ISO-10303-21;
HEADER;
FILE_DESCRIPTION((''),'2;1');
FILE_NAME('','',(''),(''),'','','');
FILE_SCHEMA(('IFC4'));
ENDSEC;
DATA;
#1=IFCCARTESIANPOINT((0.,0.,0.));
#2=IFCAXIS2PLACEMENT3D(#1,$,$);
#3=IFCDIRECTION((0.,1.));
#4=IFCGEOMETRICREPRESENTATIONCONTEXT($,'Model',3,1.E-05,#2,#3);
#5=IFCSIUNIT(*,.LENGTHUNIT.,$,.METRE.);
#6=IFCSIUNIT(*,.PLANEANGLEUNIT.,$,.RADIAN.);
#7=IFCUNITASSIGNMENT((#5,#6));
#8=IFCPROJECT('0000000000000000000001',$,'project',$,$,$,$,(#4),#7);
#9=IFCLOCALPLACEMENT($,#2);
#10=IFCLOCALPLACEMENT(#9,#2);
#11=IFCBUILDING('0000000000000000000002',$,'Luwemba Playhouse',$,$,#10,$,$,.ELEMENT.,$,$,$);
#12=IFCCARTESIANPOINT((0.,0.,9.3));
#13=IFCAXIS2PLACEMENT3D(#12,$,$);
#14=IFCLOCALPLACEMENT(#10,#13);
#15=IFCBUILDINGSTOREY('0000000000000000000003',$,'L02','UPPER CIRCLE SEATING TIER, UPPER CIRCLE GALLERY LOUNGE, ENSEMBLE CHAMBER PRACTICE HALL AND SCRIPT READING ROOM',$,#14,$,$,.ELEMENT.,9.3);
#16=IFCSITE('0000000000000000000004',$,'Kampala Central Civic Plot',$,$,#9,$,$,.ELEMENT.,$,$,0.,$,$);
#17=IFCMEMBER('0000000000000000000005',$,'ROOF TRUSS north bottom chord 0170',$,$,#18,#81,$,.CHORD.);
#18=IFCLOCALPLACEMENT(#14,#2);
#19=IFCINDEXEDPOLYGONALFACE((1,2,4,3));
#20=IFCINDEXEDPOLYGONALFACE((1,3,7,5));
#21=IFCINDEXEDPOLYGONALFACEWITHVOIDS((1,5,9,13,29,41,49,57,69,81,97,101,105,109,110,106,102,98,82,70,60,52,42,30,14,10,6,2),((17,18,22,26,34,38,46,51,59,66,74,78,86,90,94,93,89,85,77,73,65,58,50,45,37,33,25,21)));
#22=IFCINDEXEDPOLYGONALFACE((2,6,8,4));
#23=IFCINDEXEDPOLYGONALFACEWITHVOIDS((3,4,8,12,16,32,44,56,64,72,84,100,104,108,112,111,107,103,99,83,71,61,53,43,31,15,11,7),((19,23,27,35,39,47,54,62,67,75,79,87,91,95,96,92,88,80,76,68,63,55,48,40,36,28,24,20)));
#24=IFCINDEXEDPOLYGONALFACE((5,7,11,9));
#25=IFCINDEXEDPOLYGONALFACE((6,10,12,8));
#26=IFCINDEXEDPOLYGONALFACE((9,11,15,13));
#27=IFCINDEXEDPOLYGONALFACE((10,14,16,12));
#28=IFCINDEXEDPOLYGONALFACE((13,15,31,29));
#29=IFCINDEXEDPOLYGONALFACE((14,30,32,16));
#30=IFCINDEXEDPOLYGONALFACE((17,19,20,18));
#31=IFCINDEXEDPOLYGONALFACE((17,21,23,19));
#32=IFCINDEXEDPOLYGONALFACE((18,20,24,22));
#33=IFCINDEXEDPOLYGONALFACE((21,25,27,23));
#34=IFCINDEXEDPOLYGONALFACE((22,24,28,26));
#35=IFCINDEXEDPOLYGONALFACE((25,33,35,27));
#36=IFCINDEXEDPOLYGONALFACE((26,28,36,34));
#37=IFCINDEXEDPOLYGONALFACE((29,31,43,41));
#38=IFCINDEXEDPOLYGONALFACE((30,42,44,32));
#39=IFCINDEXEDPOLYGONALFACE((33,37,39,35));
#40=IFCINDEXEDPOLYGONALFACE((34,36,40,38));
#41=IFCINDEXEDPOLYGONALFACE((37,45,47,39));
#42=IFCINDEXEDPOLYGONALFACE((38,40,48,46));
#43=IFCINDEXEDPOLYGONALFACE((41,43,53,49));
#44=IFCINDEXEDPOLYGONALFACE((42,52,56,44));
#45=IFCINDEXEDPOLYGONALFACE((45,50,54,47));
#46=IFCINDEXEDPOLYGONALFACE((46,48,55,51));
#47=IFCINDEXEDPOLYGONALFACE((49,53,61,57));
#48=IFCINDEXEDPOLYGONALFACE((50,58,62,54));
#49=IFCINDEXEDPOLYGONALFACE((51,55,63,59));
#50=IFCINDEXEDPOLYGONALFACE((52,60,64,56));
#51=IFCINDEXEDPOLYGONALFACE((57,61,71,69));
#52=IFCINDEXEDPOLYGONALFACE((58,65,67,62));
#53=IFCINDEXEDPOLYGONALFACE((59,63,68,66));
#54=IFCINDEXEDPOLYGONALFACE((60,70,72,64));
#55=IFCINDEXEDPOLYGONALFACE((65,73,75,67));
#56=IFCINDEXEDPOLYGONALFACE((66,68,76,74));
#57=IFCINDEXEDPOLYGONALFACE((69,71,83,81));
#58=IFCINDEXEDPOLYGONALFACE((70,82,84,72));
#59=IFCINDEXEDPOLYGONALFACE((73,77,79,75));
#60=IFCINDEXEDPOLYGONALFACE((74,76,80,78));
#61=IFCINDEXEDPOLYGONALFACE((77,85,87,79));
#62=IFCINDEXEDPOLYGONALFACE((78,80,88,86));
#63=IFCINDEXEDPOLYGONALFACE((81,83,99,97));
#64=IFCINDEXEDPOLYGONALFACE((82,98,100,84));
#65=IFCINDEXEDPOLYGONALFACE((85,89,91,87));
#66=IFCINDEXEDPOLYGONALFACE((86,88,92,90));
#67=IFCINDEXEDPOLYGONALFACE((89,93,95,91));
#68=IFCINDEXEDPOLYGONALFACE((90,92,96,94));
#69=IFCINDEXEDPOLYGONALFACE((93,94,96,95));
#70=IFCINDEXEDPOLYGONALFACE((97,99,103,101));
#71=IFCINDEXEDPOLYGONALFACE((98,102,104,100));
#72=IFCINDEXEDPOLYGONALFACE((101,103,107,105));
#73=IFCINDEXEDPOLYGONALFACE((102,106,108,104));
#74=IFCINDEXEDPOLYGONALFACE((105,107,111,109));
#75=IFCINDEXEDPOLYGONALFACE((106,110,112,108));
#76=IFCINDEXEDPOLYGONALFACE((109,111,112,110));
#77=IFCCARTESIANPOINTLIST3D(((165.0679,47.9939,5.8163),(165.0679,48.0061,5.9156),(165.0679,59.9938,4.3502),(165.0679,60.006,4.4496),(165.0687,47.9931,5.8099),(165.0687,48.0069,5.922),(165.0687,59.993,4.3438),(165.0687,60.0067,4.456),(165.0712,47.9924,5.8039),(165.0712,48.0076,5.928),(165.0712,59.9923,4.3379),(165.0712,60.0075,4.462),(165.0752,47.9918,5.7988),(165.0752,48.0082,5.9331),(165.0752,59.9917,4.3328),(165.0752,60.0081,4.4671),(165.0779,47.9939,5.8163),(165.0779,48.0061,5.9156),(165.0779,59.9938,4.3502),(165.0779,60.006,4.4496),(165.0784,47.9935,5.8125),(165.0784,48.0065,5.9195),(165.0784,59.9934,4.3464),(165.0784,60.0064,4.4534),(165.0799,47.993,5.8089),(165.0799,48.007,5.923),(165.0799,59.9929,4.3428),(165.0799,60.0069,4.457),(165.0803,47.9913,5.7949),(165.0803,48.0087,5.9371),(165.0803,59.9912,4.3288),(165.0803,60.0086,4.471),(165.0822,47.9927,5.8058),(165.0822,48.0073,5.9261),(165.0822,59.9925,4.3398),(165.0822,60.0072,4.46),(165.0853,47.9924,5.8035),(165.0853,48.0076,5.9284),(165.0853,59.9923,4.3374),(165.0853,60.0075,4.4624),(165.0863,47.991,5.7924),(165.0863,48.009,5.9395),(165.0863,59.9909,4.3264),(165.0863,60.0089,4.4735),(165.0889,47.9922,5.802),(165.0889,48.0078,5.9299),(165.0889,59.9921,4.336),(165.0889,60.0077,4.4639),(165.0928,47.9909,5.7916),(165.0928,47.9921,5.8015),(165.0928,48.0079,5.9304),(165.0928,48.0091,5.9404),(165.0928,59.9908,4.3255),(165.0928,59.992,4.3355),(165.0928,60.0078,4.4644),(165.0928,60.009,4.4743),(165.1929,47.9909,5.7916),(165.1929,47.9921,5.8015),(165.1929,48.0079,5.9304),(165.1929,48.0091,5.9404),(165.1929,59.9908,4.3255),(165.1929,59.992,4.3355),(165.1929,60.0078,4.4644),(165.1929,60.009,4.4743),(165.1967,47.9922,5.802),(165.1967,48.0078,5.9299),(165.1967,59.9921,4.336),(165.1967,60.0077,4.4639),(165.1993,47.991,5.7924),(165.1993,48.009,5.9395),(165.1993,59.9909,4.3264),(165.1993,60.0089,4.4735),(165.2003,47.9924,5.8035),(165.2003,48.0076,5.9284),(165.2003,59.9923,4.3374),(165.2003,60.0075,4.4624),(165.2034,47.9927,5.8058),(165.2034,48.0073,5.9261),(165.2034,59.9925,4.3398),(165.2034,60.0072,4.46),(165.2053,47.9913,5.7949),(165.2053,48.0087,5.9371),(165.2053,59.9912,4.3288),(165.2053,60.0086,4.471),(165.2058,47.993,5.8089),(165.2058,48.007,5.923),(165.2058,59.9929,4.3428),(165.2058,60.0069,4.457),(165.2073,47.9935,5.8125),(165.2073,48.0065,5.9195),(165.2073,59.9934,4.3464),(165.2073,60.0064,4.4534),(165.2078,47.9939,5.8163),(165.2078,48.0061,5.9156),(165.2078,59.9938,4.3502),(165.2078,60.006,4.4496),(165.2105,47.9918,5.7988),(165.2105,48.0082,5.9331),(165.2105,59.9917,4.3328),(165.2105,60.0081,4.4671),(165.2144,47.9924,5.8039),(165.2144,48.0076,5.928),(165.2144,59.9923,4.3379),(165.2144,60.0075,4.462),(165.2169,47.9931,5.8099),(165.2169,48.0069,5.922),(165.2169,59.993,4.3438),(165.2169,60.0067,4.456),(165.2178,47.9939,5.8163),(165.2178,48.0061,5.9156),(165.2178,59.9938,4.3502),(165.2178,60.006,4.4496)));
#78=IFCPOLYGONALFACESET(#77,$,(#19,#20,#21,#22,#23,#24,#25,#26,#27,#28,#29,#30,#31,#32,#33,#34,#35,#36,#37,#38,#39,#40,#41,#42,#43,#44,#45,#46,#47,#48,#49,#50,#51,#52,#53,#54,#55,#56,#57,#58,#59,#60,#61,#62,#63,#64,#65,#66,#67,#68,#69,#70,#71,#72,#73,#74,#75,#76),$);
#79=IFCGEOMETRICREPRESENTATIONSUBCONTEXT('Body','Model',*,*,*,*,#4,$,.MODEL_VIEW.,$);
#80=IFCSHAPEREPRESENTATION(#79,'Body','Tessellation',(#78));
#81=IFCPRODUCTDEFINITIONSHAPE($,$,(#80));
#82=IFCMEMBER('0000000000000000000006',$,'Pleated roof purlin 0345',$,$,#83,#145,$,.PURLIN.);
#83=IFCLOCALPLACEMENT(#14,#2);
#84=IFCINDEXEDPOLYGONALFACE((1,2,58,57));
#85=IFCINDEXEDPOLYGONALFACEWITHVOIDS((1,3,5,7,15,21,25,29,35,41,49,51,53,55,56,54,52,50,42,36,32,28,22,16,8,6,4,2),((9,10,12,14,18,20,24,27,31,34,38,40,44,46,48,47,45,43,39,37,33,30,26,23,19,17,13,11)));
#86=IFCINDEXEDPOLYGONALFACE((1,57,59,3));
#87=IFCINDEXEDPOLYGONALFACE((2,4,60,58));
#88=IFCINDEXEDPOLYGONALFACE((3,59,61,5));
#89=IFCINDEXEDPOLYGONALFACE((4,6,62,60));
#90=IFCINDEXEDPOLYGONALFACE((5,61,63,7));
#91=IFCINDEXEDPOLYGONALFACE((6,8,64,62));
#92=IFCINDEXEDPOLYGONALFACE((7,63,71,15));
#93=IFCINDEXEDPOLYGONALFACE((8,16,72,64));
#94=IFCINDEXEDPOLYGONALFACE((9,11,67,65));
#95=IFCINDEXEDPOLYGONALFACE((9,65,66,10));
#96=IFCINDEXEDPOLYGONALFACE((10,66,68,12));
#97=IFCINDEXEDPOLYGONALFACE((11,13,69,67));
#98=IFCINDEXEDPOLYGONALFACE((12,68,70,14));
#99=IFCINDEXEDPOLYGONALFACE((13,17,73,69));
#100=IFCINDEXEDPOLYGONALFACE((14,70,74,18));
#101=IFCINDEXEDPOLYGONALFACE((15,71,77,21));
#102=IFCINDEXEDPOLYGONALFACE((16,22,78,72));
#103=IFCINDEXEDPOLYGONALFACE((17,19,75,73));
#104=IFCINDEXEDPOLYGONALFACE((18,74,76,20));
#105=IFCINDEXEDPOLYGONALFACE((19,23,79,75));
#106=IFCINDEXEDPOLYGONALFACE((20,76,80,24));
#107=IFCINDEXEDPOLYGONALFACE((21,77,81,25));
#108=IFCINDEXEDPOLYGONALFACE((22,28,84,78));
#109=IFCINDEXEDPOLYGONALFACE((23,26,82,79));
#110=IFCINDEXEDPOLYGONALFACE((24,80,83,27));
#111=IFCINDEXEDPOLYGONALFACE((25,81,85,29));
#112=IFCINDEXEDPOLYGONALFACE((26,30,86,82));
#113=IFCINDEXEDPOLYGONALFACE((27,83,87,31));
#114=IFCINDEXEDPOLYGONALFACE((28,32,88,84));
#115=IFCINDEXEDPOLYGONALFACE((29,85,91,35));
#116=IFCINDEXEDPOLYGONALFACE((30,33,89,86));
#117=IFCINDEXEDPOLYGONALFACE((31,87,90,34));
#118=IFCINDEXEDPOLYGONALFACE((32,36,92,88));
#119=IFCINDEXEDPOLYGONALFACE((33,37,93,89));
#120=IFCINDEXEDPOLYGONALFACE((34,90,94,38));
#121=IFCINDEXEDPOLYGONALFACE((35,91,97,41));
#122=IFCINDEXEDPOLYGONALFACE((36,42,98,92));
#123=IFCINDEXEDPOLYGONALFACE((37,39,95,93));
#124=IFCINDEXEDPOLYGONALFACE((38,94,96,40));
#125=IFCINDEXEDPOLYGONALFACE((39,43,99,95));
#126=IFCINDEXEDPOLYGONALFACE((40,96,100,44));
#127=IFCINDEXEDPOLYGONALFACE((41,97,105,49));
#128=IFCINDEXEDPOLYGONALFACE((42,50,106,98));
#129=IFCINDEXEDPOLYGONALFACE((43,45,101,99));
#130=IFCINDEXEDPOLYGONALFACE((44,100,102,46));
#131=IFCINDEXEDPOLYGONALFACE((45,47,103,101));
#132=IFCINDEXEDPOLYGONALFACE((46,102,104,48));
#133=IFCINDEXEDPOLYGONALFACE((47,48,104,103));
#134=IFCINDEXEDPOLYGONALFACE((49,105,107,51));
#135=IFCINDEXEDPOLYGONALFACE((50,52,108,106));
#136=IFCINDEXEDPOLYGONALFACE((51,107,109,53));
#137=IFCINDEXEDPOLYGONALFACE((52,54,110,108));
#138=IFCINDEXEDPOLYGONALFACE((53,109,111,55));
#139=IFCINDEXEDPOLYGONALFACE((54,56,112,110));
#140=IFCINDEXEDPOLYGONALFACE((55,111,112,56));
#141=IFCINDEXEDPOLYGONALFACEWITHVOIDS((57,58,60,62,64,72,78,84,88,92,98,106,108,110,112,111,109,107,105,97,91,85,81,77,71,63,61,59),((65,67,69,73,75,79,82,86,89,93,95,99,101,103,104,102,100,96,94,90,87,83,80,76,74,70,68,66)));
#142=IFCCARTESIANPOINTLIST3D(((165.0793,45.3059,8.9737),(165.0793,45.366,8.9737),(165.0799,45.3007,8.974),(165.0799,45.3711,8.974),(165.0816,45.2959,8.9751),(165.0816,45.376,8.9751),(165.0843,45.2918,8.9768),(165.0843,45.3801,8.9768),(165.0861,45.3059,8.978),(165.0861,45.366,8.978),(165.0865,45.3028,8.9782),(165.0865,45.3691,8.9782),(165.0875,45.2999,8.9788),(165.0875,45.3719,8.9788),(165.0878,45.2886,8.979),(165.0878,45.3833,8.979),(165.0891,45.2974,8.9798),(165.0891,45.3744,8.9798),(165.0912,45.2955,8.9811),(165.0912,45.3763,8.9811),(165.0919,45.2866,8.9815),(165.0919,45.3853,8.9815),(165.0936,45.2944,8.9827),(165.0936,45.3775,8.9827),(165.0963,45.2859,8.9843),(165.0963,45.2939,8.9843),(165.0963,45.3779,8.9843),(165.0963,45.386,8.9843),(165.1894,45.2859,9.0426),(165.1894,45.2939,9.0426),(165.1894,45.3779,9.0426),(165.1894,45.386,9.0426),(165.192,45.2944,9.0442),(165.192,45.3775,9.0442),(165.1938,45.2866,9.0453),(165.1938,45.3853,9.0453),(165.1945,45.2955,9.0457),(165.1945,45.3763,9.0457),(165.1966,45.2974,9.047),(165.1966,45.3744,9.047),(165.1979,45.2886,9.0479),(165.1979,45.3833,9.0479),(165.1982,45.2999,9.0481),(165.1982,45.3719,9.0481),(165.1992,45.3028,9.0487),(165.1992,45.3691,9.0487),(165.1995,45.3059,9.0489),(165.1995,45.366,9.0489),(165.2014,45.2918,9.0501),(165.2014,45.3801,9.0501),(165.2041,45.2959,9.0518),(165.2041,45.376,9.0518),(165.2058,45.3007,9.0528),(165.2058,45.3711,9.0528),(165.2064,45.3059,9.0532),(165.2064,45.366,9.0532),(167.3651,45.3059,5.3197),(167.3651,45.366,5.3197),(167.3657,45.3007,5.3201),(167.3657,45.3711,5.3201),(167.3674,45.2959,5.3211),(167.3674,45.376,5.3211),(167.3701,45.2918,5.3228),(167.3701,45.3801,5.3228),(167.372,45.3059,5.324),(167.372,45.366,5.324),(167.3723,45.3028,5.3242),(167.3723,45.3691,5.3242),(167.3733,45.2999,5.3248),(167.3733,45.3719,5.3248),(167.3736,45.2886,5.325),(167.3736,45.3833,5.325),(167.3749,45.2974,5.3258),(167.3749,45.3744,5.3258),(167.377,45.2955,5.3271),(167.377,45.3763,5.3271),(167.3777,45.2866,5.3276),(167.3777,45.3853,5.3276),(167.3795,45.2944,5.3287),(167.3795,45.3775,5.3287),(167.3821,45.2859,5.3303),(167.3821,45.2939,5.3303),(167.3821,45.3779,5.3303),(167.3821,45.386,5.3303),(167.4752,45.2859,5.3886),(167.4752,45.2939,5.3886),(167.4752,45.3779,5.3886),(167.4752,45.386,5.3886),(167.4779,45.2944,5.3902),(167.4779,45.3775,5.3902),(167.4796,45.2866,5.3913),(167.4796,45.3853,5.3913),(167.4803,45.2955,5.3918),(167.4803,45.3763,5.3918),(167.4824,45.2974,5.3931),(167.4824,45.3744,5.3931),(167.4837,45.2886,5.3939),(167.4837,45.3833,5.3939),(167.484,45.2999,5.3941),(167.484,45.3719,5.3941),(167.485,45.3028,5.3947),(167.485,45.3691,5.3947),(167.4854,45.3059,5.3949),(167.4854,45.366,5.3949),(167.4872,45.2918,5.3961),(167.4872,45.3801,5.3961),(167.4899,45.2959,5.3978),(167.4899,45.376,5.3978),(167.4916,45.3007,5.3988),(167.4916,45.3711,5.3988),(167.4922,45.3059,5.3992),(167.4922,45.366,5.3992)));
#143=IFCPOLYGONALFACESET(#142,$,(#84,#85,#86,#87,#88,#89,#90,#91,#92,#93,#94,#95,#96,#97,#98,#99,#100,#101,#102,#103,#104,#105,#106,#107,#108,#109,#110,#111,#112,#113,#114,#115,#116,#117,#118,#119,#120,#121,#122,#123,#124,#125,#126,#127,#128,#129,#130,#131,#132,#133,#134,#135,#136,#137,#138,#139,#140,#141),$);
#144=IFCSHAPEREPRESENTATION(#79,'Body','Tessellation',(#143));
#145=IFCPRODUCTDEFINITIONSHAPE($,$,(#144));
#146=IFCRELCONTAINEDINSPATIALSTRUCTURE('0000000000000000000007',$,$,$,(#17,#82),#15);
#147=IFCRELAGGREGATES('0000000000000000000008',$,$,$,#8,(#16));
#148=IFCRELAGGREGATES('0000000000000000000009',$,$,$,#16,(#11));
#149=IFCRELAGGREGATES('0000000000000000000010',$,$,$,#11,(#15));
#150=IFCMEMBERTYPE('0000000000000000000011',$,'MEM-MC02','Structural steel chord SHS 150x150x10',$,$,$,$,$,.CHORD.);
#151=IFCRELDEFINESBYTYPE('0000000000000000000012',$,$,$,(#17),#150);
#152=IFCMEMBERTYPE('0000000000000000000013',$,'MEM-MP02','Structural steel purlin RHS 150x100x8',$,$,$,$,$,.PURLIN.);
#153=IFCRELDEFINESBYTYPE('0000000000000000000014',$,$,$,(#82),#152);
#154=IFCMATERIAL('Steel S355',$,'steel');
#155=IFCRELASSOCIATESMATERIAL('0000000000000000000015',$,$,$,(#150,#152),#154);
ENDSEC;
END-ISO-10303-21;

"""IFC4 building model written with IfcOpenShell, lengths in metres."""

from ifc_helpers import new_model, si_unit, direction, frame, origin, origin_2d, place, context, subcontext, project, spatial, hollow_rectangle, extrude, material, material_profile, profile_set, type_object, element, save


model = new_model("IFC4")

# Units and contexts
model_context = context("Model", 3, precision=1e-05, world=origin(), true_north=direction((0.0, 1.0)))
body_context = subcontext(model_context, "Body", "Model", "MODEL_VIEW")
ifc_project = project(units=[si_unit("LENGTHUNIT", "METRE"), si_unit("PLANEANGLEUNIT", "RADIAN")], contexts=[model_context])

# Site, building, storey
site_placement = place(None, origin())
site = spatial("IfcSite", under=ifc_project, at=site_placement, Name="Kampala Central Civic Plot", CompositionType="ELEMENT", RefElevation=0.0)
building_placement = place(site_placement, origin())
building = spatial("IfcBuilding", under=site, at=building_placement, Name="Luwemba Playhouse", CompositionType="ELEMENT")
storey_placement = place(building_placement, frame((0.0, 0.0, 9.3)))
storey = spatial("IfcBuildingStorey", under=building, at=storey_placement, Name="L02", Description="UPPER CIRCLE SEATING TIER, UPPER CIRCLE GALLERY LOUNGE, ENSEMBLE CHAMBER PRACTICE HALL AND SCRIPT READING ROOM", CompositionType="ELEMENT", Elevation=9.3)

# Shared definitions
ifc_material_1 = material(Name="Steel S355", Category="steel")

# Members
ifc_material_profile_1 = material_profile(ifc_material_1, hollow_rectangle(XDim=0.1499, YDim=0.1499, WallThickness=0.01, InnerFilletRadius=0.0149, OuterFilletRadius=0.0249, at=origin_2d()))
ifc_profile_set_1 = profile_set([ifc_material_profile_1], Name="Steel S355")
member_type_1 = type_object("IfcMemberType", Name="MEM-MC02", Description="Structural steel chord SHS 150x150x10", PredefinedType="CHORD", material=ifc_profile_set_1)
member_1_placement = place(storey_placement, frame((165.1428, 48.0, 5.866), z_axis=(0.0, 0.99262, -0.12127), x_axis=(-1.0, 0.0, 0.0)))
element("IfcMember", 1, at=member_1_placement, inside=storey, type_object=member_type_1, Name="ROOF TRUSS north bottom chord 0170", PredefinedType="CHORD", context=body_context, shape_type="SweptSolid", body=[
    extrude(hollow_rectangle(XDim=0.1499, YDim=0.1499, WallThickness=0.01, InnerFilletRadius=0.0149, OuterFilletRadius=0.0249, at=origin_2d()), origin(), (0.0, 0.0, 1.0), 12.0891),
])
ifc_material_profile_2 = material_profile(ifc_material_1, hollow_rectangle(XDim=0.1001, YDim=0.1499, WallThickness=0.0081, InnerFilletRadius=0.012, OuterFilletRadius=0.02, at=origin_2d()))
ifc_profile_set_2 = profile_set([ifc_material_profile_2], Name="Steel S355")
member_type_2 = type_object("IfcMemberType", Name="MEM-MP02", Description="Structural steel purlin RHS 150x100x8", PredefinedType="PURLIN", material=ifc_profile_set_2)
member_2_placement = place(storey_placement, frame((165.1428, 45.3359, 9.0134), z_axis=(0.53035, 0.0, -0.847779), x_axis=(0.0, 1.0, 0.0)))
element("IfcMember", 2, at=member_2_placement, inside=storey, type_object=member_type_2, Name="Pleated roof purlin 0345", PredefinedType="PURLIN", context=body_context, shape_type="SweptSolid", body=[
    extrude(hollow_rectangle(XDim=0.1001, YDim=0.1499, WallThickness=0.0081, InnerFilletRadius=0.012, OuterFilletRadius=0.02, at=origin_2d()), origin(), (0.0, 0.0, 1.0), 4.3101),
])

save(model, "model.ifc")
